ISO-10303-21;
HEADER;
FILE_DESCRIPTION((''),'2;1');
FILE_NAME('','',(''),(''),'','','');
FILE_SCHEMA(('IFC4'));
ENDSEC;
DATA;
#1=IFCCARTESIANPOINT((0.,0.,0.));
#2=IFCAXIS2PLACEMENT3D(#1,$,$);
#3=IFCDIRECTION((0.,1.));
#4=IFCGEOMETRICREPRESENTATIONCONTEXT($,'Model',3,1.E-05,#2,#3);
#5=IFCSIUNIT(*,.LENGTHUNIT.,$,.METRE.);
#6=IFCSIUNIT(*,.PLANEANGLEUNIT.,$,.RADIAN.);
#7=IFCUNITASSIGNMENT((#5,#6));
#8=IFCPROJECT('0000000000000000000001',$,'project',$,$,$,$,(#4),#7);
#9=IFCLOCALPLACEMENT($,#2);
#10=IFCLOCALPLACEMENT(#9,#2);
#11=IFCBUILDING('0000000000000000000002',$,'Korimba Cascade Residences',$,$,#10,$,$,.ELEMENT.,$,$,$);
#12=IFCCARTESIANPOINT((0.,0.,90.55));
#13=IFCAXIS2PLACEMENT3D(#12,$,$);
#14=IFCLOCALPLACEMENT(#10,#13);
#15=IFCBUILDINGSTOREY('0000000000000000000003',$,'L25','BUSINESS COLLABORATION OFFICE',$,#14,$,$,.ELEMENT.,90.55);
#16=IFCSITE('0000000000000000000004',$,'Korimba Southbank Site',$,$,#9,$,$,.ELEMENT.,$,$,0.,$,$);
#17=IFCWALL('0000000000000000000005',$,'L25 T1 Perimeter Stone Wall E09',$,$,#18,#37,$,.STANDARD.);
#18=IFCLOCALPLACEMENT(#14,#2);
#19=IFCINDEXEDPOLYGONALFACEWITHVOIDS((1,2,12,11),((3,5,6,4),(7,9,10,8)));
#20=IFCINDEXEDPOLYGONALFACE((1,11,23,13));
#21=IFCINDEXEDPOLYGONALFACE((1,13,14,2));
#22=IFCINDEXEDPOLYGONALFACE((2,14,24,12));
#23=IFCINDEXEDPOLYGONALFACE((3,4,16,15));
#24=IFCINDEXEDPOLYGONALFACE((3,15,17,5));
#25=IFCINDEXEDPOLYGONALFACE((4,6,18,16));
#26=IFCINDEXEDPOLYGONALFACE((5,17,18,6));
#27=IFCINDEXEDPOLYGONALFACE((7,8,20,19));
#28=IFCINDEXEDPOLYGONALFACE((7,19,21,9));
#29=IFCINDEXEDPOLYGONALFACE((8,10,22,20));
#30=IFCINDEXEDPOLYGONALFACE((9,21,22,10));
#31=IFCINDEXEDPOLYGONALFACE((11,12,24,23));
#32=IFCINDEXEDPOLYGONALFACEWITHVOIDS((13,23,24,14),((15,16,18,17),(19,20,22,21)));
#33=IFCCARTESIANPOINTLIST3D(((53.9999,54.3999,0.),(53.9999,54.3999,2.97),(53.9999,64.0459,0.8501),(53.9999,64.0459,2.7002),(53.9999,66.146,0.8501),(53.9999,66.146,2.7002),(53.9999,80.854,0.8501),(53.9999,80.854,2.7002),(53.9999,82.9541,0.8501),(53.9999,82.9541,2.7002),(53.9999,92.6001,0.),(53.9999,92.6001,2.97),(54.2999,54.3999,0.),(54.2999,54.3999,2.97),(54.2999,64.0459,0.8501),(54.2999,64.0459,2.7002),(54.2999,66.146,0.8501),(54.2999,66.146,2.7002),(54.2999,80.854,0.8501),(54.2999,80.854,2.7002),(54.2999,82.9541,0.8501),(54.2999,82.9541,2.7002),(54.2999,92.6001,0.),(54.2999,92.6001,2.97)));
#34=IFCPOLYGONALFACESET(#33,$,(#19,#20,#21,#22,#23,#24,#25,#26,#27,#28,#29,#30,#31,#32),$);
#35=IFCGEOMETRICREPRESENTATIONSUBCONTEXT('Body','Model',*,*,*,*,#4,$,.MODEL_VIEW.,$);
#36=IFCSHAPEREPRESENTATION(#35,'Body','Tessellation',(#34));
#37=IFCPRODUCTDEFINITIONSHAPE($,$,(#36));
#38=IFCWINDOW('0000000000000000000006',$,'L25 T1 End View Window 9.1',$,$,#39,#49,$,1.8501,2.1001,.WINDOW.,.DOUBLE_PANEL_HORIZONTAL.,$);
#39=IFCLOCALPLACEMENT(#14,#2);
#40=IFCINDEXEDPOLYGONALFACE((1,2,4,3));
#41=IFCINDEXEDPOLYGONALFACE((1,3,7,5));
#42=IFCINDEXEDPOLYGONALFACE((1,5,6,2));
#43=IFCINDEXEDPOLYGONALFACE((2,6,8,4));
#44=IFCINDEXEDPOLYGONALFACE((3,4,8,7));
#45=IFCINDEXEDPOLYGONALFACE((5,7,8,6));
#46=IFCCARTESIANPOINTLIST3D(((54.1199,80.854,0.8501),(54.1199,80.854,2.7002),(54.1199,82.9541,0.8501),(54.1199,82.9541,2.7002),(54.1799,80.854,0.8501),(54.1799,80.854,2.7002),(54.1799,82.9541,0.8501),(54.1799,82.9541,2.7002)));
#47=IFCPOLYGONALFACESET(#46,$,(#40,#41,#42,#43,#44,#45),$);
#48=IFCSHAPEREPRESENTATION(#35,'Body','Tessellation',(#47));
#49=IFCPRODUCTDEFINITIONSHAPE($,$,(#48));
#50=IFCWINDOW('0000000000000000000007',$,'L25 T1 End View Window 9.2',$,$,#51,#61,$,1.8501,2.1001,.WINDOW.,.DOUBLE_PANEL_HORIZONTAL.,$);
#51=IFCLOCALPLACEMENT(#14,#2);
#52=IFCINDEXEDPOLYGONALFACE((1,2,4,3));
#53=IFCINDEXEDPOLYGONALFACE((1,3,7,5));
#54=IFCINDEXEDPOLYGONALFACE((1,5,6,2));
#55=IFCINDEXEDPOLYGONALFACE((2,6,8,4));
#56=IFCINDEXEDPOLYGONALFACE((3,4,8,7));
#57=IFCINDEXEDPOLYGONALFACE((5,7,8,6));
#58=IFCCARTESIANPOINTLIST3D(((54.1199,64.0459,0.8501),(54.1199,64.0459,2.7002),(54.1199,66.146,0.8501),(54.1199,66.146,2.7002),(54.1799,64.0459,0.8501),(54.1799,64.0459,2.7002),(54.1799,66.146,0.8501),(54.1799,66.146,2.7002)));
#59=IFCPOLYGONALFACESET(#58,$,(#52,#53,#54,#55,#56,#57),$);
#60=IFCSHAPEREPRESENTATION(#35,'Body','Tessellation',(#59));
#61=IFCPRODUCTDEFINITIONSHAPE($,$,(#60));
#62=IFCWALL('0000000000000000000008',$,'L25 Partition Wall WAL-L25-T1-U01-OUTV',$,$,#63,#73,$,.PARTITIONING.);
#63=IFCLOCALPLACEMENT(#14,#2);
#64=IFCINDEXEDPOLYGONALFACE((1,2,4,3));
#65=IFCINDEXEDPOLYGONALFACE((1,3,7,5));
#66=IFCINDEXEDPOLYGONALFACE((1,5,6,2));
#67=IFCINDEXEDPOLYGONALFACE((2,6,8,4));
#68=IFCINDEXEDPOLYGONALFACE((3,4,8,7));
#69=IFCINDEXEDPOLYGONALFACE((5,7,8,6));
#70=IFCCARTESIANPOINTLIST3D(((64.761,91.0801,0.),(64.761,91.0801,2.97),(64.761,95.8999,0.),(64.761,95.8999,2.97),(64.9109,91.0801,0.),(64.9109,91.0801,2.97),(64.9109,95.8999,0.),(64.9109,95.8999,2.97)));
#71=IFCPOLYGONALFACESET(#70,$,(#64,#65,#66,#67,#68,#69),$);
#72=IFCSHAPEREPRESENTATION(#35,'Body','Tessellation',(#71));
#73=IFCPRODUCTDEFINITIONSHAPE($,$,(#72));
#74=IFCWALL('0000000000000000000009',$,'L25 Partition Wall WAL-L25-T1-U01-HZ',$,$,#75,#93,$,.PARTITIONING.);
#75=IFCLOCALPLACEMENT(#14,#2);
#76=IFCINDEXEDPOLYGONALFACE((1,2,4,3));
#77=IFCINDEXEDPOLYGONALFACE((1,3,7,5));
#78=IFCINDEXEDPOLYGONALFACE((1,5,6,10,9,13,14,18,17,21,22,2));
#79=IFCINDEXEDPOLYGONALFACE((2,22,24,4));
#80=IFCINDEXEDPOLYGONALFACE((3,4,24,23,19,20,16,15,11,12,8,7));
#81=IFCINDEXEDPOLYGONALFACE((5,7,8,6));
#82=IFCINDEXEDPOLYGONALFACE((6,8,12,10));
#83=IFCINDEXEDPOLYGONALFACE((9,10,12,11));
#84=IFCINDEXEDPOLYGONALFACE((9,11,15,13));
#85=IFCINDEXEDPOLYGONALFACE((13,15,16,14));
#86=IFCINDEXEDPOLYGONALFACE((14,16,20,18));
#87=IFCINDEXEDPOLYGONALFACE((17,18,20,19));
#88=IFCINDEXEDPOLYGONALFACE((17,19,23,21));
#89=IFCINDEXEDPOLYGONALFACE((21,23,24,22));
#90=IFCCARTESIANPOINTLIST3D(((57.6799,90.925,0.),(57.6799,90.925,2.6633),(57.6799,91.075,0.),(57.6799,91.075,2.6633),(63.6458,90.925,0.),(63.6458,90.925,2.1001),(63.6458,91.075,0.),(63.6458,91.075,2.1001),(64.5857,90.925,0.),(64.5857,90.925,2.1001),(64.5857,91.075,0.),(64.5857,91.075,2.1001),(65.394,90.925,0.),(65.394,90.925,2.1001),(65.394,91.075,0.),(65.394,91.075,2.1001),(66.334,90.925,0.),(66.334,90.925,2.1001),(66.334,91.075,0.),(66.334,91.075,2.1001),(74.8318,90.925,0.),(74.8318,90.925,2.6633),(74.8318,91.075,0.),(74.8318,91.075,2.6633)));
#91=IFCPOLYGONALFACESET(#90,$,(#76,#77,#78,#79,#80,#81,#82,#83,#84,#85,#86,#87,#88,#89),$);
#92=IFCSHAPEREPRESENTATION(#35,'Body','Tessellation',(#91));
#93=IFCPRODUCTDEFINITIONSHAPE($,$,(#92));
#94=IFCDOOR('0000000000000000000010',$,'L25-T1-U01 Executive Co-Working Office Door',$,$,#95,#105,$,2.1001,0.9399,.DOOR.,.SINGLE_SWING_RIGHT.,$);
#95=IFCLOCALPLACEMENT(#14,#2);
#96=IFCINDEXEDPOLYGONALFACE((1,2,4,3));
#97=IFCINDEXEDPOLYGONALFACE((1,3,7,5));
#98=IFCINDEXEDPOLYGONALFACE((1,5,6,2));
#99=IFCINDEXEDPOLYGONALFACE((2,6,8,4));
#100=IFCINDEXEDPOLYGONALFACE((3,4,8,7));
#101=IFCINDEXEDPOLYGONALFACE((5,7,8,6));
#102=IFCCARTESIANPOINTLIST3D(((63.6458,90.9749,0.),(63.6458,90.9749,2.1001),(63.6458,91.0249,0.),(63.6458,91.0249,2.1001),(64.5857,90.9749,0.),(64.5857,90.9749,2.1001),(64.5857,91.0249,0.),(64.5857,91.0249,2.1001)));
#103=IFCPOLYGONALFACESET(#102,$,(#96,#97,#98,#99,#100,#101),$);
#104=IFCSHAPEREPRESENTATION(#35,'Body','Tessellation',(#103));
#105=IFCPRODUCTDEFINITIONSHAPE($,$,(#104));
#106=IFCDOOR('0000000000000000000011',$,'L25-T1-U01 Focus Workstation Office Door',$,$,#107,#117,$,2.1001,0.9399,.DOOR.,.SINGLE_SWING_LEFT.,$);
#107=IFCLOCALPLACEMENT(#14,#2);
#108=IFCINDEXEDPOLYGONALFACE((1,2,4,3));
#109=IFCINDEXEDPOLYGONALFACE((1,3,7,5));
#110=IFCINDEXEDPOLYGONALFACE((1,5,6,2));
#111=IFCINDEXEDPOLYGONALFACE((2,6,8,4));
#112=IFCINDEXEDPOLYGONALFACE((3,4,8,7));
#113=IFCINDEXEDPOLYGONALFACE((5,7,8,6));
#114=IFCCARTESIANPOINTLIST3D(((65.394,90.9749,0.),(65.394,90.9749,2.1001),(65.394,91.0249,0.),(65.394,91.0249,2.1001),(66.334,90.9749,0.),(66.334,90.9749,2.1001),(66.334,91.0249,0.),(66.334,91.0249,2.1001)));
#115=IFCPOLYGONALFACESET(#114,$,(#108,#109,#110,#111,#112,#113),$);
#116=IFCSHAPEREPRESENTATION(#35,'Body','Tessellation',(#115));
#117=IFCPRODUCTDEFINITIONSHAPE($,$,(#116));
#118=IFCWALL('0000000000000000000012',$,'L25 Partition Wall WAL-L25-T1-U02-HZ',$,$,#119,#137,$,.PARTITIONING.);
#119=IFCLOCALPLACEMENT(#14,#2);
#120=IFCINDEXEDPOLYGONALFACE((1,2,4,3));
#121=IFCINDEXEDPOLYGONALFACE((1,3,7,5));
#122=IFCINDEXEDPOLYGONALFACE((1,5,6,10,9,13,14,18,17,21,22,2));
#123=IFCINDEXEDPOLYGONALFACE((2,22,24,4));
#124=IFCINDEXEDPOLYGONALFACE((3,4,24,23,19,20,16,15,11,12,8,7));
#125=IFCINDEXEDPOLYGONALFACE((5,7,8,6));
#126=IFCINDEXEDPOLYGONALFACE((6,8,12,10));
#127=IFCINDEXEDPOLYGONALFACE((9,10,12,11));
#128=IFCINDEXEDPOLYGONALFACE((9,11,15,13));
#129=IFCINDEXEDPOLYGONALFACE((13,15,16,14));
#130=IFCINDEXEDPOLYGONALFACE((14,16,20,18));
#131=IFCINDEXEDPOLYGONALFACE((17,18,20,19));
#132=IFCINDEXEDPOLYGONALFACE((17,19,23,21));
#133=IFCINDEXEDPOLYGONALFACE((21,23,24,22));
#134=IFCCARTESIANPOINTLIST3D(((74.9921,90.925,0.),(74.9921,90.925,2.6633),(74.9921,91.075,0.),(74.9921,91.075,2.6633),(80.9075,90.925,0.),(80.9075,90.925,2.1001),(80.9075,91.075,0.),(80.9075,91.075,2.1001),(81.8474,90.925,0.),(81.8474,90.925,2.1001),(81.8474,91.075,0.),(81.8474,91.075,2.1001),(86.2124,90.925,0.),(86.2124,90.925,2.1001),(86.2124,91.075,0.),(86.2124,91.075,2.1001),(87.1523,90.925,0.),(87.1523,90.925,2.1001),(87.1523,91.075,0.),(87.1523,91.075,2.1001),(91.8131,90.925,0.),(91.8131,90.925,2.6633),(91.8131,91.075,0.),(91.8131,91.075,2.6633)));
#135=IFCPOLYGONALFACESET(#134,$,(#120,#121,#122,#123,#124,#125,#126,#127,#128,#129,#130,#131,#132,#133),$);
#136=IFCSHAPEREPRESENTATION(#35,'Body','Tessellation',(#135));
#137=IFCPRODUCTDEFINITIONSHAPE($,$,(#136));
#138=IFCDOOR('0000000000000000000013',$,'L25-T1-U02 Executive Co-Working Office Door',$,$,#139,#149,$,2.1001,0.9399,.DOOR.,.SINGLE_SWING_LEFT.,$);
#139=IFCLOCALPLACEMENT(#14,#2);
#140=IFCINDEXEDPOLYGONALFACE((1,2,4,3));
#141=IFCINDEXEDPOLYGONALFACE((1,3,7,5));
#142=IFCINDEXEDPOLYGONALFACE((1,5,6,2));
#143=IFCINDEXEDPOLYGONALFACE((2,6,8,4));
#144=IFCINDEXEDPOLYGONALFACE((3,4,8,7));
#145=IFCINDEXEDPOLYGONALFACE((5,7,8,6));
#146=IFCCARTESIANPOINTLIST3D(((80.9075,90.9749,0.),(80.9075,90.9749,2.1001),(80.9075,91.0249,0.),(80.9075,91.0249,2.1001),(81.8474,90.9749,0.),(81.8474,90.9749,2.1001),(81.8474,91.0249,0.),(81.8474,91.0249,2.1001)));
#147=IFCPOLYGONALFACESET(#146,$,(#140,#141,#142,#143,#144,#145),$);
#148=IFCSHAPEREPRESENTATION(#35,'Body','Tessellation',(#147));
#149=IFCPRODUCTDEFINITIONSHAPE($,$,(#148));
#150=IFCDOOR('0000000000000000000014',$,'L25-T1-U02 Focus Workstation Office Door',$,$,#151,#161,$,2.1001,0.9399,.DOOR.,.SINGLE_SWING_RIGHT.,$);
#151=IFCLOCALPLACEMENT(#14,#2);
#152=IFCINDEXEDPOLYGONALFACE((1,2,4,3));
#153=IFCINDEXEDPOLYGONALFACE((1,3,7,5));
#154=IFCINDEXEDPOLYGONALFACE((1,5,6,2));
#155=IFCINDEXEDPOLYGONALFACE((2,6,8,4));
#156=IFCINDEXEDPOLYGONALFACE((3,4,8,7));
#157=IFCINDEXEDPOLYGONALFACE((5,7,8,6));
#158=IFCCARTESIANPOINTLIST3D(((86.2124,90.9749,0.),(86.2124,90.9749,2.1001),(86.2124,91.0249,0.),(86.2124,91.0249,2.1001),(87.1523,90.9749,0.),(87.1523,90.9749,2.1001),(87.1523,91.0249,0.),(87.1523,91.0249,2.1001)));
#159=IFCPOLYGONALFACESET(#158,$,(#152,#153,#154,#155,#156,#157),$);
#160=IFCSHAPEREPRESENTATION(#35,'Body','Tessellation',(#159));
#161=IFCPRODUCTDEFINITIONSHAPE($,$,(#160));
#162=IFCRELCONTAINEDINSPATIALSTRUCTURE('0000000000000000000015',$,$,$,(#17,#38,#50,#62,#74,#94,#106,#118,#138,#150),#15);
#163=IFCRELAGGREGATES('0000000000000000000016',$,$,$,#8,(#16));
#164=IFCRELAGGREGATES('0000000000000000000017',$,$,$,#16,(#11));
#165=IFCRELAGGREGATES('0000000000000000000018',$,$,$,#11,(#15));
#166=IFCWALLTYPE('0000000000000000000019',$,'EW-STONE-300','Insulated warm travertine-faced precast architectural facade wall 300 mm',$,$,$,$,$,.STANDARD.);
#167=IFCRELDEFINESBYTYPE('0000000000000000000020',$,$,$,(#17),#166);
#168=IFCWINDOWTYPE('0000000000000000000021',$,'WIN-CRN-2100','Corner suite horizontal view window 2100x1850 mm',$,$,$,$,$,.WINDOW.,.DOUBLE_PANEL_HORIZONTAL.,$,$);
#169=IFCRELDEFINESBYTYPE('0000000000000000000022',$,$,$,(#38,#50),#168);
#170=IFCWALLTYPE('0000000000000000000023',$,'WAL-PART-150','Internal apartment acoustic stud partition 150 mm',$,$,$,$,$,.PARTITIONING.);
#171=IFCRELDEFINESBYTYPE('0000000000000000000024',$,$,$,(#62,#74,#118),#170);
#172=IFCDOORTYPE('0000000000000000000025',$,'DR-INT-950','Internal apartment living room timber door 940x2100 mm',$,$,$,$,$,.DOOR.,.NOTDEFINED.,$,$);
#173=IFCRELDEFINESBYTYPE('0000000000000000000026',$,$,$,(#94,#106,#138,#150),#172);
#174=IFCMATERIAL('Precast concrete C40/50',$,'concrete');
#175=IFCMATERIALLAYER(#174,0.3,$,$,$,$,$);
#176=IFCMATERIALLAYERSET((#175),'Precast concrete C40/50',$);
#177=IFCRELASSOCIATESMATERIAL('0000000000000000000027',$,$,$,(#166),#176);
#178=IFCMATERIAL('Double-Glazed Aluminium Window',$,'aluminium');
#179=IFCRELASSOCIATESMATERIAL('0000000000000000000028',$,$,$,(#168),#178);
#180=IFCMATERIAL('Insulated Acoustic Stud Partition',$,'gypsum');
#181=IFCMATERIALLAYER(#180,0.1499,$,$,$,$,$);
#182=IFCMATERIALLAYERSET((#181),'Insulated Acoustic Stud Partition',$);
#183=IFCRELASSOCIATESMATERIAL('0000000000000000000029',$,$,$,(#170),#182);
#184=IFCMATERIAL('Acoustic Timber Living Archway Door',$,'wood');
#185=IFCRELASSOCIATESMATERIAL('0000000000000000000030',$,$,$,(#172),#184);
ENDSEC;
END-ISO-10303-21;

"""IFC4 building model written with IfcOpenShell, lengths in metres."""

from ifc_helpers import new_model, si_unit, direction, frame, frame_2d, origin, place, context, subcontext, project, spatial, rectangle, extrude, material, layer, layer_set, type_object, element, fill, save


model = new_model("IFC4")

# Units and contexts
model_context = context("Model", 3, precision=1e-05, world=origin(), true_north=direction((0.0, 1.0)))
body_context = subcontext(model_context, "Body", "Model", "MODEL_VIEW")
ifc_project = project(units=[si_unit("LENGTHUNIT", "METRE"), si_unit("PLANEANGLEUNIT", "RADIAN")], contexts=[model_context])

# Site, building, storey
site_placement = place(None, origin())
site = spatial("IfcSite", under=ifc_project, at=site_placement, Name="Korimba Southbank Site", CompositionType="ELEMENT", RefElevation=0.0)
building_placement = place(site_placement, origin())
building = spatial("IfcBuilding", under=site, at=building_placement, Name="Korimba Cascade Residences", CompositionType="ELEMENT")
storey_placement = place(building_placement, frame((0.0, 0.0, 90.55)))
storey = spatial("IfcBuildingStorey", under=building, at=storey_placement, Name="L25", Description="BUSINESS COLLABORATION OFFICE", CompositionType="ELEMENT", Elevation=90.55)

# Shared definitions
ifc_material_1 = material(Name="Precast concrete C40/50", Category="concrete")
ifc_layer_1 = layer(ifc_material_1, 0.3)
ifc_layer_set_1 = layer_set([ifc_layer_1], Name="Precast concrete C40/50")
wall_type_1 = type_object("IfcWallType", Name="EW-STONE-300", Description="Insulated warm travertine-faced precast architectural facade wall 300 mm", PredefinedType="STANDARD", material=ifc_layer_set_1)

# Wall, openings, windows
wall_1_placement = place(storey_placement, frame((54.1499, 92.6001, 0.0), z_axis=(0.0, 0.0, 1.0), x_axis=(0.0, -1.0, 0.0)))
wall_1 = element("IfcWall", 1, at=wall_1_placement, inside=storey, type_object=wall_type_1, Name="L25 T1 Perimeter Stone Wall E09", PredefinedType="STANDARD", context=body_context, shape_type="SweptSolid", body=[
    extrude(rectangle(XDim=38.2002, YDim=0.3, at=frame_2d((19.1001, 0.0))), origin(), (0.0, 0.0, 1.0), 2.97),
])
opening_1_placement = place(wall_1_placement, frame((9.646, 0.0, 0.8501)))
opening_1 = element("IfcOpeningElement", 2, at=opening_1_placement, cuts=wall_1, PredefinedType="OPENING", context=body_context, shape_type="SweptSolid", body=[
    extrude(rectangle(XDim=2.1001, YDim=1.8501, at=frame_2d((1.05, 0.925))), frame((0.0, 0.1602, 0.0), z_axis=(0.0, -1.0, 0.0), x_axis=(1.0, 0.0, 0.0)), (0.0, 0.0, 1.0), 0.3201),
])
opening_2_placement = place(wall_1_placement, frame((26.4541, 0.0, 0.8501)))
opening_2 = element("IfcOpeningElement", 3, at=opening_2_placement, cuts=wall_1, PredefinedType="OPENING", context=body_context, shape_type="SweptSolid", body=[
    extrude(rectangle(XDim=2.1001, YDim=1.8501, at=frame_2d((1.05, 0.925))), frame((0.0, 0.1602, 0.0), z_axis=(0.0, -1.0, 0.0), x_axis=(1.0, 0.0, 0.0)), (0.0, 0.0, 1.0), 0.3201),
])
ifc_material_2 = material(Name="Double-Glazed Aluminium Window", Category="aluminium")
window_type = type_object("IfcWindowType", Name="WIN-CRN-2100", Description="Corner suite horizontal view window 2100x1850 mm", PartitioningType="DOUBLE_PANEL_HORIZONTAL", PredefinedType="WINDOW", material=ifc_material_2)
window_1_placement = place(opening_1_placement, origin())
window_1 = element("IfcWindow", 4, at=window_1_placement, inside=storey, type_object=window_type, Name="L25 T1 End View Window 9.1", OverallHeight=1.8501, OverallWidth=2.1001, PartitioningType="DOUBLE_PANEL_HORIZONTAL", PredefinedType="WINDOW", context=body_context, shape_type="SweptSolid", body=[
    extrude(rectangle(XDim=2.1001, YDim=1.8501, at=frame_2d((1.05, 0.925))), frame((0.0, 0.03, 0.0), z_axis=(0.0, -1.0, 0.0), x_axis=(1.0, 0.0, 0.0)), (0.0, 0.0, 1.0), 0.0601),
])
fill(opening_1, window_1)
window_2_placement = place(opening_2_placement, origin())
window_2 = element("IfcWindow", 5, at=window_2_placement, inside=storey, type_object=window_type, Name="L25 T1 End View Window 9.2", OverallHeight=1.8501, OverallWidth=2.1001, PartitioningType="DOUBLE_PANEL_HORIZONTAL", PredefinedType="WINDOW", context=body_context, shape_type="SweptSolid", body=[
    extrude(rectangle(XDim=2.1001, YDim=1.8501, at=frame_2d((1.05, 0.925))), frame((0.0, 0.03, 0.0), z_axis=(0.0, -1.0, 0.0), x_axis=(1.0, 0.0, 0.0)), (0.0, 0.0, 1.0), 0.0601),
])
fill(opening_2, window_2)

# Wall
ifc_material_3 = material(Name="Insulated Acoustic Stud Partition", Category="gypsum")
ifc_layer_2 = layer(ifc_material_3, 0.1499)
ifc_layer_set_2 = layer_set([ifc_layer_2], Name="Insulated Acoustic Stud Partition")
wall_type_2 = type_object("IfcWallType", Name="WAL-PART-150", Description="Internal apartment acoustic stud partition 150 mm", PredefinedType="PARTITIONING", material=ifc_layer_set_2)
wall_2_placement = place(storey_placement, frame((64.8359, 91.0801, 0.0), z_axis=(0.0, 0.0, 1.0), x_axis=(0.0, 1.0, 0.0)))
element("IfcWall", 6, at=wall_2_placement, inside=storey, type_object=wall_type_2, Name="L25 Partition Wall WAL-L25-T1-U01-OUTV", PredefinedType="PARTITIONING", context=body_context, shape_type="SweptSolid", body=[
    extrude(rectangle(XDim=4.8198, YDim=0.1499, at=frame_2d((2.4099, 0.0))), origin(), (0.0, 0.0, 1.0), 2.97),
])

# Walls, openings, doors
wall_3_placement = place(storey_placement, frame((57.6799, 91.0, 0.0), z_axis=(0.0, 0.0, 1.0), x_axis=(1.0, 0.0, 0.0)))
wall_3 = element("IfcWall", 7, at=wall_3_placement, inside=storey, type_object=wall_type_2, Name="L25 Partition Wall WAL-L25-T1-U01-HZ", PredefinedType="PARTITIONING", context=body_context, shape_type="SweptSolid", body=[
    extrude(rectangle(XDim=17.1519, YDim=0.1499, at=frame_2d((8.5759, 0.0))), origin(), (0.0, 0.0, 1.0), 2.6633),
])
opening_3_placement = place(wall_3_placement, frame((5.9658, 0.0, 0.0)))
opening_3 = element("IfcOpeningElement", 8, at=opening_3_placement, cuts=wall_3, PredefinedType="OPENING", context=body_context, shape_type="SweptSolid", body=[
    extrude(rectangle(XDim=0.9399, YDim=2.1001, at=frame_2d((0.47, 1.05))), frame((0.0, 0.085, 0.0), z_axis=(0.0, -1.0, 0.0), x_axis=(1.0, 0.0, 0.0)), (0.0, 0.0, 1.0), 0.1699),
])
opening_4_placement = place(wall_3_placement, frame((7.7141, 0.0, 0.0)))
opening_4 = element("IfcOpeningElement", 9, at=opening_4_placement, cuts=wall_3, PredefinedType="OPENING", context=body_context, shape_type="SweptSolid", body=[
    extrude(rectangle(XDim=0.9399, YDim=2.1001, at=frame_2d((0.47, 1.05))), frame((0.0, 0.085, 0.0), z_axis=(0.0, -1.0, 0.0), x_axis=(1.0, 0.0, 0.0)), (0.0, 0.0, 1.0), 0.1699),
])
ifc_material_4 = material(Name="Acoustic Timber Living Archway Door", Category="wood")
door_type = type_object("IfcDoorType", Name="DR-INT-950", Description="Internal apartment living room timber door 940x2100 mm", OperationType="NOTDEFINED", PredefinedType="DOOR", material=ifc_material_4)
door_1_placement = place(opening_3_placement, origin())
door_1 = element("IfcDoor", 10, at=door_1_placement, inside=storey, type_object=door_type, Name="L25-T1-U01 Executive Co-Working Office Door", OperationType="SINGLE_SWING_RIGHT", OverallHeight=2.1001, OverallWidth=0.9399, PredefinedType="DOOR", context=body_context, shape_type="SweptSolid", body=[
    extrude(rectangle(XDim=0.9399, YDim=2.1001, at=frame_2d((0.47, 1.05))), frame((0.0, 0.0249, 0.0), z_axis=(0.0, -1.0, 0.0), x_axis=(1.0, 0.0, 0.0)), (0.0, 0.0, 1.0), 0.05),
])
fill(opening_3, door_1)
door_2_placement = place(opening_4_placement, origin())
door_2 = element("IfcDoor", 11, at=door_2_placement, inside=storey, type_object=door_type, Name="L25-T1-U01 Focus Workstation Office Door", OperationType="SINGLE_SWING_LEFT", OverallHeight=2.1001, OverallWidth=0.9399, PredefinedType="DOOR", context=body_context, shape_type="SweptSolid", body=[
    extrude(rectangle(XDim=0.9399, YDim=2.1001, at=frame_2d((0.47, 1.05))), frame((0.0, 0.0249, 0.0), z_axis=(0.0, -1.0, 0.0), x_axis=(1.0, 0.0, 0.0)), (0.0, 0.0, 1.0), 0.05),
])
fill(opening_4, door_2)
wall_4_placement = place(storey_placement, frame((74.9919, 91.0, 0.0), z_axis=(0.0, 0.0, 1.0), x_axis=(1.0, 0.0, 0.0)))
wall_4 = element("IfcWall", 12, at=wall_4_placement, inside=storey, type_object=wall_type_2, Name="L25 Partition Wall WAL-L25-T1-U02-HZ", PredefinedType="PARTITIONING", context=body_context, shape_type="SweptSolid", body=[
    extrude(rectangle(XDim=16.821, YDim=0.1499, at=frame_2d((8.4106, 0.0))), origin(), (0.0, 0.0, 1.0), 2.6633),
])
opening_5_placement = place(wall_4_placement, frame((5.9155, 0.0, 0.0)))
opening_5 = element("IfcOpeningElement", 13, at=opening_5_placement, cuts=wall_4, PredefinedType="OPENING", context=body_context, shape_type="SweptSolid", body=[
    extrude(rectangle(XDim=0.9399, YDim=2.1001, at=frame_2d((0.47, 1.05))), frame((0.0, 0.085, 0.0), z_axis=(0.0, -1.0, 0.0), x_axis=(1.0, 0.0, 0.0)), (0.0, 0.0, 1.0), 0.1699),
])
opening_6_placement = place(wall_4_placement, frame((11.2205, 0.0, 0.0)))
opening_6 = element("IfcOpeningElement", 14, at=opening_6_placement, cuts=wall_4, PredefinedType="OPENING", context=body_context, shape_type="SweptSolid", body=[
    extrude(rectangle(XDim=0.9399, YDim=2.1001, at=frame_2d((0.47, 1.05))), frame((0.0, 0.085, 0.0), z_axis=(0.0, -1.0, 0.0), x_axis=(1.0, 0.0, 0.0)), (0.0, 0.0, 1.0), 0.1699),
])
door_3_placement = place(opening_5_placement, origin())
door_3 = element("IfcDoor", 15, at=door_3_placement, inside=storey, type_object=door_type, Name="L25-T1-U02 Executive Co-Working Office Door", OperationType="SINGLE_SWING_LEFT", OverallHeight=2.1001, OverallWidth=0.9399, PredefinedType="DOOR", context=body_context, shape_type="SweptSolid", body=[
    extrude(rectangle(XDim=0.9399, YDim=2.1001, at=frame_2d((0.47, 1.05))), frame((0.0, 0.0249, 0.0), z_axis=(0.0, -1.0, 0.0), x_axis=(1.0, 0.0, 0.0)), (0.0, 0.0, 1.0), 0.05),
])
fill(opening_5, door_3)
door_4_placement = place(opening_6_placement, origin())
door_4 = element("IfcDoor", 16, at=door_4_placement, inside=storey, type_object=door_type, Name="L25-T1-U02 Focus Workstation Office Door", OperationType="SINGLE_SWING_RIGHT", OverallHeight=2.1001, OverallWidth=0.9399, PredefinedType="DOOR", context=body_context, shape_type="SweptSolid", body=[
    extrude(rectangle(XDim=0.9399, YDim=2.1001, at=frame_2d((0.47, 1.05))), frame((0.0, 0.0249, 0.0), z_axis=(0.0, -1.0, 0.0), x_axis=(1.0, 0.0, 0.0)), (0.0, 0.0, 1.0), 0.05),
])
fill(opening_6, door_4)

save(model, "model.ifc")
